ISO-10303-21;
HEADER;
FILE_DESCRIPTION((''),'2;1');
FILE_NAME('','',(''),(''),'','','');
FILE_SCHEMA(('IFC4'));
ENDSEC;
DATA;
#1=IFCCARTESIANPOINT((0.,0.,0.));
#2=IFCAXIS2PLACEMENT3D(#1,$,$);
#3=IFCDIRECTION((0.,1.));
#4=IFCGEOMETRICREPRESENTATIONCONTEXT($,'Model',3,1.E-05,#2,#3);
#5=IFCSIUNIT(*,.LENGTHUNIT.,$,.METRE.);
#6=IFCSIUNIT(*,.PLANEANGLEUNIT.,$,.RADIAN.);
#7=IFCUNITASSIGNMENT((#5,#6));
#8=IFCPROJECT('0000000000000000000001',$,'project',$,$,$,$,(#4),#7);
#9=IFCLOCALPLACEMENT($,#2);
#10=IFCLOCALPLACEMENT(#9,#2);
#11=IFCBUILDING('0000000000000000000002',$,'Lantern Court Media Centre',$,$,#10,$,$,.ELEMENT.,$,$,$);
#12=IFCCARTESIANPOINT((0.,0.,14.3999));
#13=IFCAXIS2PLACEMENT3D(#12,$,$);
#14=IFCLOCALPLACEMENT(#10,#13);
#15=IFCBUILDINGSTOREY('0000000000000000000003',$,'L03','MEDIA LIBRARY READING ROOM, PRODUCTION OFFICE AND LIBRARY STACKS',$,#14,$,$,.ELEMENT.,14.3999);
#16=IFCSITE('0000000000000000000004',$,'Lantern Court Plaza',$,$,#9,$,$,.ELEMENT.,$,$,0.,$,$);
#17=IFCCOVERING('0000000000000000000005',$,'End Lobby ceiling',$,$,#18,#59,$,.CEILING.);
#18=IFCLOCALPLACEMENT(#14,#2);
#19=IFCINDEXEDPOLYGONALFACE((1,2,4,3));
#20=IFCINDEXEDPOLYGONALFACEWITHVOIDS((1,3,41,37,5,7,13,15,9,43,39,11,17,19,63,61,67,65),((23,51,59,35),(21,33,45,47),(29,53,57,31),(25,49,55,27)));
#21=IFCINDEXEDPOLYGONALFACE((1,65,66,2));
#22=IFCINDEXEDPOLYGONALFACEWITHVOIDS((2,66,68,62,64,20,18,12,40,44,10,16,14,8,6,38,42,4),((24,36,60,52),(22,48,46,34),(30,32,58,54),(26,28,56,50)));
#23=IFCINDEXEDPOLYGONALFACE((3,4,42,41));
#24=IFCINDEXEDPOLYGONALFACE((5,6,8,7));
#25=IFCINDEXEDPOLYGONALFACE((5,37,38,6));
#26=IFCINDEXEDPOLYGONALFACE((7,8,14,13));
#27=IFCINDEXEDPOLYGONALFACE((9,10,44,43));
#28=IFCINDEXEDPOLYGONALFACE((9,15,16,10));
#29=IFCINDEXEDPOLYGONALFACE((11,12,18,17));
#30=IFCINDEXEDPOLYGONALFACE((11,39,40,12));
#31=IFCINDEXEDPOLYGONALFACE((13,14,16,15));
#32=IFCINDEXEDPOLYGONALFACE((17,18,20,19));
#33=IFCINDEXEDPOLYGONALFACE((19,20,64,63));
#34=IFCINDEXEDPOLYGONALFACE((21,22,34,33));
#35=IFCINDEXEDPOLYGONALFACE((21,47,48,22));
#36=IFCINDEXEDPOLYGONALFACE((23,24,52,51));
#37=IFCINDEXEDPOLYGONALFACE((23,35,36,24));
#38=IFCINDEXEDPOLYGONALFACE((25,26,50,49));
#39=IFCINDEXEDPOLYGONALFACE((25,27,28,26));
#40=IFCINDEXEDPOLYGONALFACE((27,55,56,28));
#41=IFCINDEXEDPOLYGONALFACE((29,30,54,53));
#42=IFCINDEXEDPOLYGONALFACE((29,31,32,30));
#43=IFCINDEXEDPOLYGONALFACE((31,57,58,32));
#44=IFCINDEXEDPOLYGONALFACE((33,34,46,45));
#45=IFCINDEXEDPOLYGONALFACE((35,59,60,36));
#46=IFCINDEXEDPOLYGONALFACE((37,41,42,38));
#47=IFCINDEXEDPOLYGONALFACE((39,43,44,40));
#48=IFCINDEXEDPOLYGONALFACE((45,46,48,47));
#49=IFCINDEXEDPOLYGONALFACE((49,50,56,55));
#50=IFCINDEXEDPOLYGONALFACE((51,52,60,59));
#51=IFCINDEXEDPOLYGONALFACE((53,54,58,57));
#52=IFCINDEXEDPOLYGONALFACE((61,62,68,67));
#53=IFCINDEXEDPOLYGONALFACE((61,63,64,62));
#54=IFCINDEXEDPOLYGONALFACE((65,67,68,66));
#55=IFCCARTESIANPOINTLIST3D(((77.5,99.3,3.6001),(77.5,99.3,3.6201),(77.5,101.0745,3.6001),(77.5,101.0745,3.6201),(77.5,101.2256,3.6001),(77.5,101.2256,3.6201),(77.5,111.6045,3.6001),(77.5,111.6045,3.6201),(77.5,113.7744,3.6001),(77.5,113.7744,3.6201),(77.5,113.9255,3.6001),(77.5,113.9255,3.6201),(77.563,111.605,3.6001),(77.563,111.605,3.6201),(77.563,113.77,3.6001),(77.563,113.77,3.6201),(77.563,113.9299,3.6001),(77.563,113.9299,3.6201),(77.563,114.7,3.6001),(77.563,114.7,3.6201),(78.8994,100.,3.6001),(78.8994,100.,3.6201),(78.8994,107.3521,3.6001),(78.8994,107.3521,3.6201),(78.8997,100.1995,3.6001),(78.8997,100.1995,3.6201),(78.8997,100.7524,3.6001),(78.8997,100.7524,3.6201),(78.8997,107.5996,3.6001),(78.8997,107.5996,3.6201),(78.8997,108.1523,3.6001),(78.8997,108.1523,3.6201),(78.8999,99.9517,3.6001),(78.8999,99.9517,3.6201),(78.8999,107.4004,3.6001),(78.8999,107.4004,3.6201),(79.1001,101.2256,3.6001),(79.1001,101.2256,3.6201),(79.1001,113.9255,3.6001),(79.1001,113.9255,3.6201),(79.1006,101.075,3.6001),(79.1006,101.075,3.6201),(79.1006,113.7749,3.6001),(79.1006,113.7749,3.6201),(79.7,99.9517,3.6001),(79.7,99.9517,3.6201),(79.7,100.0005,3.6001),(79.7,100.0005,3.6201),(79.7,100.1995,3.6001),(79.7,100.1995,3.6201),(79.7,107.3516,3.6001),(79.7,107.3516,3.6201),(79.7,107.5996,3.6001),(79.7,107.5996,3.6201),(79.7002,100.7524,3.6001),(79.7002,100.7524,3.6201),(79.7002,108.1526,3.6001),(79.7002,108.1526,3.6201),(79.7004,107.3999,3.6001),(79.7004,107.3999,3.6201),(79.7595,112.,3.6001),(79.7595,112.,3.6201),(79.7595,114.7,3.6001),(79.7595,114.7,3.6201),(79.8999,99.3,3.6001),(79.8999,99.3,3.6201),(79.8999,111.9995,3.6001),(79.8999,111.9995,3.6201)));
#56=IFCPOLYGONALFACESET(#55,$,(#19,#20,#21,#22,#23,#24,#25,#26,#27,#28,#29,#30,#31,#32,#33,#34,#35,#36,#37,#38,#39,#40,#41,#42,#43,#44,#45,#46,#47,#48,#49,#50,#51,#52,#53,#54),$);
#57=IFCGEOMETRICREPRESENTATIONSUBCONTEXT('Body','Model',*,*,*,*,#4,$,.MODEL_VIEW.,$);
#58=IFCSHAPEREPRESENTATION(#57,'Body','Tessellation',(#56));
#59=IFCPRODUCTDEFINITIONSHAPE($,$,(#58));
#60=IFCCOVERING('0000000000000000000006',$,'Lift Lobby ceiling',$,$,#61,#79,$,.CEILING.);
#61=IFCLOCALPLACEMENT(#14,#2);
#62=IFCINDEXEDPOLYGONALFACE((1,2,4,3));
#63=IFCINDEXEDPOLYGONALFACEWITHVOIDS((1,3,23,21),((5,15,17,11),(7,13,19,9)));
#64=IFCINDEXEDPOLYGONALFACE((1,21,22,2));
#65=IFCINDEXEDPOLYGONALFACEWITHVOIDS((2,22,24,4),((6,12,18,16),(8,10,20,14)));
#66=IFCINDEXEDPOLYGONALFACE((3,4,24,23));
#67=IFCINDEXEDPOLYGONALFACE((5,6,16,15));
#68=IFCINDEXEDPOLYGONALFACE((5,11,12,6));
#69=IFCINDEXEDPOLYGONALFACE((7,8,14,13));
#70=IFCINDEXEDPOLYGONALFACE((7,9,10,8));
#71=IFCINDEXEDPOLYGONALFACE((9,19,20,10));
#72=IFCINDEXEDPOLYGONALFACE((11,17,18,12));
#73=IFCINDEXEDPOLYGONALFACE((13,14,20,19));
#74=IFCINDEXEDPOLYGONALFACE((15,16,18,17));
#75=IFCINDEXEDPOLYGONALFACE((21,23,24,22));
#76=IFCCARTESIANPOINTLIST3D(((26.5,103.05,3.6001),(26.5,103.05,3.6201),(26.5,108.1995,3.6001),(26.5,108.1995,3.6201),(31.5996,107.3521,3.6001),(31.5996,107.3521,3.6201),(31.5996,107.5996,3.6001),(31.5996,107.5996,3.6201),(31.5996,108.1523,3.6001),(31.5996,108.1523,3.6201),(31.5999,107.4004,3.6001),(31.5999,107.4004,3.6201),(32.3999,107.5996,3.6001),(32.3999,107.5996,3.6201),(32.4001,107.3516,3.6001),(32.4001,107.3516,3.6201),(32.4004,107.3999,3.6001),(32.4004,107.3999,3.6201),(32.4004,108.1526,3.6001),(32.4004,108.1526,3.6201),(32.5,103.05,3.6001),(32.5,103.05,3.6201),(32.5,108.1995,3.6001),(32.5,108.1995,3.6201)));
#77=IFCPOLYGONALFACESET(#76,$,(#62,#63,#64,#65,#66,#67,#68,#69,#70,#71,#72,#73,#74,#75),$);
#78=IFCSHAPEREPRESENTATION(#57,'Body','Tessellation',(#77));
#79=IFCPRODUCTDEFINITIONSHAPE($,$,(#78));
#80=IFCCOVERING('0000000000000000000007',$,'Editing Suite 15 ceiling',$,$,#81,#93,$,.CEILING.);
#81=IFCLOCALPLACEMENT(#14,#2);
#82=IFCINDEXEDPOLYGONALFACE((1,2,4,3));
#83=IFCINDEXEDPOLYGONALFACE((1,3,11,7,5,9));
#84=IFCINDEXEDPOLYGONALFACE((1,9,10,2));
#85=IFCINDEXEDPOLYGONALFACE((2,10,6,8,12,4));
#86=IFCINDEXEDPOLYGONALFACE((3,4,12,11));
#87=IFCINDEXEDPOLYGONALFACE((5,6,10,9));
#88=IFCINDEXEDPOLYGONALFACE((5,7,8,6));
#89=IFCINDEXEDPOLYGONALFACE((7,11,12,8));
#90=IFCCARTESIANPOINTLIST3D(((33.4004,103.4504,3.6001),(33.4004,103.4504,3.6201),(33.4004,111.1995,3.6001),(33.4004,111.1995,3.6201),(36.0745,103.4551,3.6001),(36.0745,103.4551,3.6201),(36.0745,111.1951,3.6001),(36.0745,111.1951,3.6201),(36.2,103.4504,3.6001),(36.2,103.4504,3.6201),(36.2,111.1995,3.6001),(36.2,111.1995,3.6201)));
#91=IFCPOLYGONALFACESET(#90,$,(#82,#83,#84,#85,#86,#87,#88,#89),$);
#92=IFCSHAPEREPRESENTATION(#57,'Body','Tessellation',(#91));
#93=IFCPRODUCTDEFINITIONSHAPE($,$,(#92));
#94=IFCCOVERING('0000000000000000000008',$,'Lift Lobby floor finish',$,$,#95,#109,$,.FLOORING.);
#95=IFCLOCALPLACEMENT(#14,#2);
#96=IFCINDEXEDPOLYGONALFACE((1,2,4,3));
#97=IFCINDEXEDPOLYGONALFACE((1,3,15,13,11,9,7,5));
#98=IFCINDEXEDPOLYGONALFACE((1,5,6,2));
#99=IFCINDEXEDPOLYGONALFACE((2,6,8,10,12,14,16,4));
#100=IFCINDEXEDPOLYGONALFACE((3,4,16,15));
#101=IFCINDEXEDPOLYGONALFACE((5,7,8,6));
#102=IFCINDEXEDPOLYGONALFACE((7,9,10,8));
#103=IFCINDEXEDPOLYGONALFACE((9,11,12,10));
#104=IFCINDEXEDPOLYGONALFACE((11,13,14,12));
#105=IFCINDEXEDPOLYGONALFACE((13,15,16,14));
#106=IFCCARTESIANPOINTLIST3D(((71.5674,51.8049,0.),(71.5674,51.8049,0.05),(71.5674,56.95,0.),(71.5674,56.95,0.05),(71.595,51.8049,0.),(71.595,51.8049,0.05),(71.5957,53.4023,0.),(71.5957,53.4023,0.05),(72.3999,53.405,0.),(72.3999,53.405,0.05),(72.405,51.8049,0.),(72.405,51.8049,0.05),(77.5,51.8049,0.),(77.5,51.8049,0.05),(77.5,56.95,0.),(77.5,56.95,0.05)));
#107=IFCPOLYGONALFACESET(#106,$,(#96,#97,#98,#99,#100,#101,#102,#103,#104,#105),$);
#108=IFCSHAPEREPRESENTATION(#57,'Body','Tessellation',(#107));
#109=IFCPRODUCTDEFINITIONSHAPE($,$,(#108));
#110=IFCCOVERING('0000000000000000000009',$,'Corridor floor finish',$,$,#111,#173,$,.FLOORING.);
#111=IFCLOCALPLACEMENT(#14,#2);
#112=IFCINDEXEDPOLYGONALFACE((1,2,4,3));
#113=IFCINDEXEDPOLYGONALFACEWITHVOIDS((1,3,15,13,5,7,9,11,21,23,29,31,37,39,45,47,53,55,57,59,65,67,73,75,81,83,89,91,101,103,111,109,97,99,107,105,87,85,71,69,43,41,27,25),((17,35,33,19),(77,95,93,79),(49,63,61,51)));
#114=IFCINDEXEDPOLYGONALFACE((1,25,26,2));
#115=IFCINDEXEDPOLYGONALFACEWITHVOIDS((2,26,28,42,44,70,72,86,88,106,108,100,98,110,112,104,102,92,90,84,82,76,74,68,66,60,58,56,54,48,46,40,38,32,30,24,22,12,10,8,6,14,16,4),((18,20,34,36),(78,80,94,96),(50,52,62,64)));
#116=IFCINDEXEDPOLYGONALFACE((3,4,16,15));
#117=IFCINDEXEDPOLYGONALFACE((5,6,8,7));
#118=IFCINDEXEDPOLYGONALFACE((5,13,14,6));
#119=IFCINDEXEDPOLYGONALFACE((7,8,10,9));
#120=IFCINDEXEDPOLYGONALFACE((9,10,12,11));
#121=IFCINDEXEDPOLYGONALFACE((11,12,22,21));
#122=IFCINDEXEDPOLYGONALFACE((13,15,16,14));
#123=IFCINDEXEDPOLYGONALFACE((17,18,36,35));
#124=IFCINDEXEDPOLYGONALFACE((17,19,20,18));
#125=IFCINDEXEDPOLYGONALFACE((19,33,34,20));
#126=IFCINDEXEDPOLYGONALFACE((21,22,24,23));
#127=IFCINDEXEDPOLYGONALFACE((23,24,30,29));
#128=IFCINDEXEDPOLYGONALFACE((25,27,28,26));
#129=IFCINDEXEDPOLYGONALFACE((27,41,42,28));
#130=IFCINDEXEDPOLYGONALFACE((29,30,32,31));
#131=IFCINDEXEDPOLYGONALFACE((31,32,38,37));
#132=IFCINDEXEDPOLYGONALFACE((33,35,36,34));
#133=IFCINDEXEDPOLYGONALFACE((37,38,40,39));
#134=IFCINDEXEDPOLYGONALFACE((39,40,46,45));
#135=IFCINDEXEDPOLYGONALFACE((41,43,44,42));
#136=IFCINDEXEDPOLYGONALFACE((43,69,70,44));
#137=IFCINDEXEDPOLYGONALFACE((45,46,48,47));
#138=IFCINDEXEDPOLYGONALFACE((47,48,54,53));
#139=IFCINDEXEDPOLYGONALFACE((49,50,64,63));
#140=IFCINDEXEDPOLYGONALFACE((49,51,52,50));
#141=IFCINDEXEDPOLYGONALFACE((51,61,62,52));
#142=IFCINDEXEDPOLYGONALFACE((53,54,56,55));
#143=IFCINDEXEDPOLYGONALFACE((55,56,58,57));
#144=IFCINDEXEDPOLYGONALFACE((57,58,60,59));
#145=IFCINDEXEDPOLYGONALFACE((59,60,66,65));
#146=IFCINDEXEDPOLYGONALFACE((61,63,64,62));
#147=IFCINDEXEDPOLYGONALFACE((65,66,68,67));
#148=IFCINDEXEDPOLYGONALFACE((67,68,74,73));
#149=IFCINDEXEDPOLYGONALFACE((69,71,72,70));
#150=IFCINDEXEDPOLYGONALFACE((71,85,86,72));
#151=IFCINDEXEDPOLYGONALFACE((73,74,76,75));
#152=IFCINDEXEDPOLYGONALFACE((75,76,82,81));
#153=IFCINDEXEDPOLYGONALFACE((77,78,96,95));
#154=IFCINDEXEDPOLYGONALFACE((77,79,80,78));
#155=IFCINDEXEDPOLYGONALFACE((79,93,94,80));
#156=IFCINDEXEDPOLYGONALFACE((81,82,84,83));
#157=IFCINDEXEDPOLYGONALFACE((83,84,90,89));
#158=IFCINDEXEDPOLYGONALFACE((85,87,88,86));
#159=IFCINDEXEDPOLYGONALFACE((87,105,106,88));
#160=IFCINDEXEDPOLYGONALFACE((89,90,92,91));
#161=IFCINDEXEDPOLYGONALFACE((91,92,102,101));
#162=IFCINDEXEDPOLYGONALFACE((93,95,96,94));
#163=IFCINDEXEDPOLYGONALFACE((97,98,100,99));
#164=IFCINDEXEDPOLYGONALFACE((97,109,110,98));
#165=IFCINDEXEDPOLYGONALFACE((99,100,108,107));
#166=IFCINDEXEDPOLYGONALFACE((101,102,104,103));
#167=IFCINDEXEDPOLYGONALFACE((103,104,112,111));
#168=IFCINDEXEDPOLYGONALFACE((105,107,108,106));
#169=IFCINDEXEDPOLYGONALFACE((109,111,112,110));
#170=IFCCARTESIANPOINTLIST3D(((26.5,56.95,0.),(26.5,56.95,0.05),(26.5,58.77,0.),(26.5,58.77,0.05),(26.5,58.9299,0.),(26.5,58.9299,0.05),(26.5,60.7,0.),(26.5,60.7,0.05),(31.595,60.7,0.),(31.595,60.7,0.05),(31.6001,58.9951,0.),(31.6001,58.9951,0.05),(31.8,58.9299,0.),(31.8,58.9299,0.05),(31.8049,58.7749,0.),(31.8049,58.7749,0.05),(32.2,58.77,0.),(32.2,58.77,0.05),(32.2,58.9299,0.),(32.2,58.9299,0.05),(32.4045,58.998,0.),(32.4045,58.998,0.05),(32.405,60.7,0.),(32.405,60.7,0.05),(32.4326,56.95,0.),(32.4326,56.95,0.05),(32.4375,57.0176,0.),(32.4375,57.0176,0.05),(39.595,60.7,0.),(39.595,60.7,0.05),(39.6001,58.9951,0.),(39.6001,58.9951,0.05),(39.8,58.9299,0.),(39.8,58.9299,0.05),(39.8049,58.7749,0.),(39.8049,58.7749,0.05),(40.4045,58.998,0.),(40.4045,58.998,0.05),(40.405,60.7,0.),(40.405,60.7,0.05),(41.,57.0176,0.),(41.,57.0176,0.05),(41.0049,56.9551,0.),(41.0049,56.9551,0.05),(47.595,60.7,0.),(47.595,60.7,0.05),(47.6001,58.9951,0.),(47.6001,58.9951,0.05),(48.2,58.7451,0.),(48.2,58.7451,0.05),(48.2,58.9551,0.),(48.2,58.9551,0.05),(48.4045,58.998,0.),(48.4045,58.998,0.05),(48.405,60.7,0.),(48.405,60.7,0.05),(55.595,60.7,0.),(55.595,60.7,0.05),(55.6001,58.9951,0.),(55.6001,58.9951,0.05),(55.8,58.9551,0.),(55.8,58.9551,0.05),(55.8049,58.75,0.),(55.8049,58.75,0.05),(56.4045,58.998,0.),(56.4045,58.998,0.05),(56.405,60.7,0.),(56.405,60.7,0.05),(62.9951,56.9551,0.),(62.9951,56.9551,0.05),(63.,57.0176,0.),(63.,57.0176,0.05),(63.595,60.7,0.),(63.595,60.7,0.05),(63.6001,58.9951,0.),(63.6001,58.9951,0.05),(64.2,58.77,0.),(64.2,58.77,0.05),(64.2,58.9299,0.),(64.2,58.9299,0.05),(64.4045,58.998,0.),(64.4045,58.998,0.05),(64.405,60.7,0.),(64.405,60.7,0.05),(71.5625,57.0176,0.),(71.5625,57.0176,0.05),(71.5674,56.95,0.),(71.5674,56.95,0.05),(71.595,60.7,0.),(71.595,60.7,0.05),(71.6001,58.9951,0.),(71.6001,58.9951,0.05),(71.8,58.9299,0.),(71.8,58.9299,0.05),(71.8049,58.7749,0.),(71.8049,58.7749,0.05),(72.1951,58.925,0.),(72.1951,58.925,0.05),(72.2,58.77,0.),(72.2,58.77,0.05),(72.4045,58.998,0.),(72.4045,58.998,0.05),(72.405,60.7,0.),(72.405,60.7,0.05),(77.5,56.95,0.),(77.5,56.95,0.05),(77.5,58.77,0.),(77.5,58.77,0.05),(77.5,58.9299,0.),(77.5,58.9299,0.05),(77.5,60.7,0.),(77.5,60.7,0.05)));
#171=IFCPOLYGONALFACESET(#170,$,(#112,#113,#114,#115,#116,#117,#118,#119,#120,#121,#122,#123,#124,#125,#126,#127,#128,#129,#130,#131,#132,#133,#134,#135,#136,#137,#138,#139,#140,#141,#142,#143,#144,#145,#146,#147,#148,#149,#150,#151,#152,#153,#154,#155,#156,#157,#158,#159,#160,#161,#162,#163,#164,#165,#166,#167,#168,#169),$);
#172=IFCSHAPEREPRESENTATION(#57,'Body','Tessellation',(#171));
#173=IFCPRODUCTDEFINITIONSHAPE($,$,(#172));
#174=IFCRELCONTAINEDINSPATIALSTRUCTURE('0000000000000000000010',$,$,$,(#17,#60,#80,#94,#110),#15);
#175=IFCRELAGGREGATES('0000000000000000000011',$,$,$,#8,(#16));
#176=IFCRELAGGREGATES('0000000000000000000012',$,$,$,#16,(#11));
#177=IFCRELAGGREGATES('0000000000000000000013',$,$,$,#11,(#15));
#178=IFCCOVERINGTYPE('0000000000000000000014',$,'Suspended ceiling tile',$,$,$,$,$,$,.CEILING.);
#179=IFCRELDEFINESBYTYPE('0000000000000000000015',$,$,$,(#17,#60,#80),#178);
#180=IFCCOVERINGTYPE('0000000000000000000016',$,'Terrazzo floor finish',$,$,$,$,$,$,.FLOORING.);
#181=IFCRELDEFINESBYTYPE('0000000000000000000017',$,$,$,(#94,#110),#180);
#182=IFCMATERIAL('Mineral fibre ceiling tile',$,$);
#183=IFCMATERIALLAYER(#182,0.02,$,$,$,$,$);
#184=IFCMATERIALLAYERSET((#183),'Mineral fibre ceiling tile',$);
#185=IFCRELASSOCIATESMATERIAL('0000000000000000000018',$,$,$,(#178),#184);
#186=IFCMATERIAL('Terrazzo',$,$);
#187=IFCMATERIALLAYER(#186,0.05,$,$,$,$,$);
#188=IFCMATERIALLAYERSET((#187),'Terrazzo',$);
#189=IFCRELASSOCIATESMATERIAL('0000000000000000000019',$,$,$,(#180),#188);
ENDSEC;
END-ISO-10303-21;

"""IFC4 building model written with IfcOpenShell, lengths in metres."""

from ifc_helpers import new_model, si_unit, direction, frame, origin, place, context, subcontext, project, spatial, polyline, outline, extrude, material, layer, layer_set, type_object, element, save


model = new_model("IFC4")

# Units and contexts
model_context = context("Model", 3, precision=1e-05, world=origin(), true_north=direction((0.0, 1.0)))
body_context = subcontext(model_context, "Body", "Model", "MODEL_VIEW")
ifc_project = project(units=[si_unit("LENGTHUNIT", "METRE"), si_unit("PLANEANGLEUNIT", "RADIAN")], contexts=[model_context])

# Site, building, storey
site_placement = place(None, origin())
site = spatial("IfcSite", under=ifc_project, at=site_placement, Name="Lantern Court Plaza", CompositionType="ELEMENT", RefElevation=0.0)
building_placement = place(site_placement, origin())
building = spatial("IfcBuilding", under=site, at=building_placement, Name="Lantern Court Media Centre", CompositionType="ELEMENT")
storey_placement = place(building_placement, frame((0.0, 0.0, 14.3999)))
storey = spatial("IfcBuildingStorey", under=building, at=storey_placement, Name="L03", Description="MEDIA LIBRARY READING ROOM, PRODUCTION OFFICE AND LIBRARY STACKS", CompositionType="ELEMENT", Elevation=14.3999)

# Coverings
ifc_material_1 = material(Name="Mineral fibre ceiling tile")
ifc_layer_1 = layer(ifc_material_1, 0.02)
ifc_layer_set_1 = layer_set([ifc_layer_1], Name="Mineral fibre ceiling tile")
covering_type_1 = type_object("IfcCoveringType", Name="Suspended ceiling tile", PredefinedType="CEILING", material=ifc_layer_set_1)
covering_1_placement = place(storey_placement, frame((0.0, 0.0, 3.6001)))
element("IfcCovering", 1, at=covering_1_placement, inside=storey, type_object=covering_type_1, Name="End Lobby ceiling", PredefinedType="CEILING", context=body_context, shape_type="SweptSolid", body=[
    extrude(outline(polyline([(79.8999, 99.3), (77.5, 99.3), (77.5, 101.0745), (79.1006, 101.075), (79.1001, 101.2256), (77.5, 101.2256), (77.5, 111.6045), (77.563, 111.605), (77.563, 113.77), (77.5, 113.7744), (79.1006, 113.7749), (79.1001, 113.9255), (77.5, 113.9255), (77.563, 113.9299), (77.563, 114.7), (79.7595, 114.7), (79.7595, 112.0), (79.8999, 111.9995), (79.8999, 99.3)]), holes=[polyline([(79.7, 99.9517), (79.7, 100.0005), (78.8994, 100.0), (78.8999, 99.9517), (79.7, 99.9517)]), polyline([(79.7, 100.1995), (79.7002, 100.7524), (78.8997, 100.7524), (78.8997, 100.1995), (79.7, 100.1995)]), polyline([(79.7, 107.5996), (79.7002, 108.1526), (78.8997, 108.1523), (78.8997, 107.5996), (79.7, 107.5996)]), polyline([(79.7004, 107.3999), (78.8999, 107.4004), (78.8994, 107.3521), (79.7, 107.3516), (79.7004, 107.3999)])]), origin(), (0.0, 0.0, 1.0), 0.02),
])
covering_2_placement = place(storey_placement, frame((0.0, 0.0, 3.6001)))
element("IfcCovering", 2, at=covering_2_placement, inside=storey, type_object=covering_type_1, Name="Lift Lobby ceiling", PredefinedType="CEILING", context=body_context, shape_type="SweptSolid", body=[
    extrude(outline(polyline([(32.5, 103.05), (26.5, 103.05), (26.5, 108.1995), (32.5, 108.1995), (32.5, 103.05)]), holes=[polyline([(32.3999, 107.5996), (32.4004, 108.1526), (31.5996, 108.1523), (31.5996, 107.5996), (32.3999, 107.5996)]), polyline([(32.4004, 107.3999), (31.5999, 107.4004), (31.5996, 107.3521), (32.4001, 107.3516), (32.4004, 107.3999)])]), origin(), (0.0, 0.0, 1.0), 0.02),
])
covering_3_placement = place(storey_placement, frame((0.0, 0.0, 3.6001)))
element("IfcCovering", 3, at=covering_3_placement, inside=storey, type_object=covering_type_1, Name="Editing Suite 15 ceiling", PredefinedType="CEILING", context=body_context, shape_type="SweptSolid", body=[
    extrude(outline(polyline([(36.2, 103.4504), (33.4004, 103.4504), (33.4004, 111.1995), (36.2, 111.1995), (36.0745, 111.1951), (36.0745, 103.4551), (36.2, 103.4504)])), origin(), (0.0, 0.0, 1.0), 0.02),
])
ifc_material_2 = material(Name="Terrazzo")
ifc_layer_2 = layer(ifc_material_2, 0.05)
ifc_layer_set_2 = layer_set([ifc_layer_2], Name="Terrazzo")
covering_type_2 = type_object("IfcCoveringType", Name="Terrazzo floor finish", PredefinedType="FLOORING", material=ifc_layer_set_2)
covering_4_placement = place(storey_placement, origin())
element("IfcCovering", 4, at=covering_4_placement, inside=storey, type_object=covering_type_2, Name="Lift Lobby floor finish", PredefinedType="FLOORING", context=body_context, shape_type="SweptSolid", body=[
    extrude(outline(polyline([(77.5, 56.95), (77.5, 51.8049), (72.405, 51.8049), (72.3999, 53.405), (71.5957, 53.4023), (71.595, 51.8049), (71.5674, 51.8049), (71.5674, 56.95), (77.5, 56.95)])), origin(), (0.0, 0.0, 1.0), 0.05),
])
covering_5_placement = place(storey_placement, origin())
element("IfcCovering", 5, at=covering_5_placement, inside=storey, type_object=covering_type_2, Name="Corridor floor finish", PredefinedType="FLOORING", context=body_context, shape_type="SweptSolid", body=[
    extrude(outline(polyline([(77.5, 56.95), (71.5674, 56.95), (71.5625, 57.0176), (63.0, 57.0176), (62.9951, 56.9551), (41.0049, 56.9551), (41.0, 57.0176), (32.4375, 57.0176), (32.4326, 56.95), (26.5, 56.95), (26.5, 58.77), (31.8049, 58.7749), (31.8, 58.9299), (26.5, 58.9299), (26.5, 60.7), (31.595, 60.7), (31.6001, 58.9951), (32.4045, 58.998), (32.405, 60.7), (39.595, 60.7), (39.6001, 58.9951), (40.4045, 58.998), (40.405, 60.7), (47.595, 60.7), (47.6001, 58.9951), (48.4045, 58.998), (48.405, 60.7), (55.595, 60.7), (55.6001, 58.9951), (56.4045, 58.998), (56.405, 60.7), (63.595, 60.7), (63.6001, 58.9951), (64.4045, 58.998), (64.405, 60.7), (71.595, 60.7), (71.6001, 58.9951), (72.4045, 58.998), (72.405, 60.7), (77.5, 60.7), (77.5, 58.9299), (72.1951, 58.925), (72.2, 58.77), (77.5, 58.77), (77.5, 56.95)]), holes=[polyline([(64.2, 58.9299), (64.2, 58.77), (71.8049, 58.7749), (71.8, 58.9299), (64.2, 58.9299)]), polyline([(48.2, 58.9551), (48.2, 58.7451), (55.8049, 58.75), (55.8, 58.9551), (48.2, 58.9551)]), polyline([(32.2, 58.9299), (32.2, 58.77), (39.8049, 58.7749), (39.8, 58.9299), (32.2, 58.9299)])]), origin(), (0.0, 0.0, 1.0), 0.05),
])

save(model, "model.ifc")
